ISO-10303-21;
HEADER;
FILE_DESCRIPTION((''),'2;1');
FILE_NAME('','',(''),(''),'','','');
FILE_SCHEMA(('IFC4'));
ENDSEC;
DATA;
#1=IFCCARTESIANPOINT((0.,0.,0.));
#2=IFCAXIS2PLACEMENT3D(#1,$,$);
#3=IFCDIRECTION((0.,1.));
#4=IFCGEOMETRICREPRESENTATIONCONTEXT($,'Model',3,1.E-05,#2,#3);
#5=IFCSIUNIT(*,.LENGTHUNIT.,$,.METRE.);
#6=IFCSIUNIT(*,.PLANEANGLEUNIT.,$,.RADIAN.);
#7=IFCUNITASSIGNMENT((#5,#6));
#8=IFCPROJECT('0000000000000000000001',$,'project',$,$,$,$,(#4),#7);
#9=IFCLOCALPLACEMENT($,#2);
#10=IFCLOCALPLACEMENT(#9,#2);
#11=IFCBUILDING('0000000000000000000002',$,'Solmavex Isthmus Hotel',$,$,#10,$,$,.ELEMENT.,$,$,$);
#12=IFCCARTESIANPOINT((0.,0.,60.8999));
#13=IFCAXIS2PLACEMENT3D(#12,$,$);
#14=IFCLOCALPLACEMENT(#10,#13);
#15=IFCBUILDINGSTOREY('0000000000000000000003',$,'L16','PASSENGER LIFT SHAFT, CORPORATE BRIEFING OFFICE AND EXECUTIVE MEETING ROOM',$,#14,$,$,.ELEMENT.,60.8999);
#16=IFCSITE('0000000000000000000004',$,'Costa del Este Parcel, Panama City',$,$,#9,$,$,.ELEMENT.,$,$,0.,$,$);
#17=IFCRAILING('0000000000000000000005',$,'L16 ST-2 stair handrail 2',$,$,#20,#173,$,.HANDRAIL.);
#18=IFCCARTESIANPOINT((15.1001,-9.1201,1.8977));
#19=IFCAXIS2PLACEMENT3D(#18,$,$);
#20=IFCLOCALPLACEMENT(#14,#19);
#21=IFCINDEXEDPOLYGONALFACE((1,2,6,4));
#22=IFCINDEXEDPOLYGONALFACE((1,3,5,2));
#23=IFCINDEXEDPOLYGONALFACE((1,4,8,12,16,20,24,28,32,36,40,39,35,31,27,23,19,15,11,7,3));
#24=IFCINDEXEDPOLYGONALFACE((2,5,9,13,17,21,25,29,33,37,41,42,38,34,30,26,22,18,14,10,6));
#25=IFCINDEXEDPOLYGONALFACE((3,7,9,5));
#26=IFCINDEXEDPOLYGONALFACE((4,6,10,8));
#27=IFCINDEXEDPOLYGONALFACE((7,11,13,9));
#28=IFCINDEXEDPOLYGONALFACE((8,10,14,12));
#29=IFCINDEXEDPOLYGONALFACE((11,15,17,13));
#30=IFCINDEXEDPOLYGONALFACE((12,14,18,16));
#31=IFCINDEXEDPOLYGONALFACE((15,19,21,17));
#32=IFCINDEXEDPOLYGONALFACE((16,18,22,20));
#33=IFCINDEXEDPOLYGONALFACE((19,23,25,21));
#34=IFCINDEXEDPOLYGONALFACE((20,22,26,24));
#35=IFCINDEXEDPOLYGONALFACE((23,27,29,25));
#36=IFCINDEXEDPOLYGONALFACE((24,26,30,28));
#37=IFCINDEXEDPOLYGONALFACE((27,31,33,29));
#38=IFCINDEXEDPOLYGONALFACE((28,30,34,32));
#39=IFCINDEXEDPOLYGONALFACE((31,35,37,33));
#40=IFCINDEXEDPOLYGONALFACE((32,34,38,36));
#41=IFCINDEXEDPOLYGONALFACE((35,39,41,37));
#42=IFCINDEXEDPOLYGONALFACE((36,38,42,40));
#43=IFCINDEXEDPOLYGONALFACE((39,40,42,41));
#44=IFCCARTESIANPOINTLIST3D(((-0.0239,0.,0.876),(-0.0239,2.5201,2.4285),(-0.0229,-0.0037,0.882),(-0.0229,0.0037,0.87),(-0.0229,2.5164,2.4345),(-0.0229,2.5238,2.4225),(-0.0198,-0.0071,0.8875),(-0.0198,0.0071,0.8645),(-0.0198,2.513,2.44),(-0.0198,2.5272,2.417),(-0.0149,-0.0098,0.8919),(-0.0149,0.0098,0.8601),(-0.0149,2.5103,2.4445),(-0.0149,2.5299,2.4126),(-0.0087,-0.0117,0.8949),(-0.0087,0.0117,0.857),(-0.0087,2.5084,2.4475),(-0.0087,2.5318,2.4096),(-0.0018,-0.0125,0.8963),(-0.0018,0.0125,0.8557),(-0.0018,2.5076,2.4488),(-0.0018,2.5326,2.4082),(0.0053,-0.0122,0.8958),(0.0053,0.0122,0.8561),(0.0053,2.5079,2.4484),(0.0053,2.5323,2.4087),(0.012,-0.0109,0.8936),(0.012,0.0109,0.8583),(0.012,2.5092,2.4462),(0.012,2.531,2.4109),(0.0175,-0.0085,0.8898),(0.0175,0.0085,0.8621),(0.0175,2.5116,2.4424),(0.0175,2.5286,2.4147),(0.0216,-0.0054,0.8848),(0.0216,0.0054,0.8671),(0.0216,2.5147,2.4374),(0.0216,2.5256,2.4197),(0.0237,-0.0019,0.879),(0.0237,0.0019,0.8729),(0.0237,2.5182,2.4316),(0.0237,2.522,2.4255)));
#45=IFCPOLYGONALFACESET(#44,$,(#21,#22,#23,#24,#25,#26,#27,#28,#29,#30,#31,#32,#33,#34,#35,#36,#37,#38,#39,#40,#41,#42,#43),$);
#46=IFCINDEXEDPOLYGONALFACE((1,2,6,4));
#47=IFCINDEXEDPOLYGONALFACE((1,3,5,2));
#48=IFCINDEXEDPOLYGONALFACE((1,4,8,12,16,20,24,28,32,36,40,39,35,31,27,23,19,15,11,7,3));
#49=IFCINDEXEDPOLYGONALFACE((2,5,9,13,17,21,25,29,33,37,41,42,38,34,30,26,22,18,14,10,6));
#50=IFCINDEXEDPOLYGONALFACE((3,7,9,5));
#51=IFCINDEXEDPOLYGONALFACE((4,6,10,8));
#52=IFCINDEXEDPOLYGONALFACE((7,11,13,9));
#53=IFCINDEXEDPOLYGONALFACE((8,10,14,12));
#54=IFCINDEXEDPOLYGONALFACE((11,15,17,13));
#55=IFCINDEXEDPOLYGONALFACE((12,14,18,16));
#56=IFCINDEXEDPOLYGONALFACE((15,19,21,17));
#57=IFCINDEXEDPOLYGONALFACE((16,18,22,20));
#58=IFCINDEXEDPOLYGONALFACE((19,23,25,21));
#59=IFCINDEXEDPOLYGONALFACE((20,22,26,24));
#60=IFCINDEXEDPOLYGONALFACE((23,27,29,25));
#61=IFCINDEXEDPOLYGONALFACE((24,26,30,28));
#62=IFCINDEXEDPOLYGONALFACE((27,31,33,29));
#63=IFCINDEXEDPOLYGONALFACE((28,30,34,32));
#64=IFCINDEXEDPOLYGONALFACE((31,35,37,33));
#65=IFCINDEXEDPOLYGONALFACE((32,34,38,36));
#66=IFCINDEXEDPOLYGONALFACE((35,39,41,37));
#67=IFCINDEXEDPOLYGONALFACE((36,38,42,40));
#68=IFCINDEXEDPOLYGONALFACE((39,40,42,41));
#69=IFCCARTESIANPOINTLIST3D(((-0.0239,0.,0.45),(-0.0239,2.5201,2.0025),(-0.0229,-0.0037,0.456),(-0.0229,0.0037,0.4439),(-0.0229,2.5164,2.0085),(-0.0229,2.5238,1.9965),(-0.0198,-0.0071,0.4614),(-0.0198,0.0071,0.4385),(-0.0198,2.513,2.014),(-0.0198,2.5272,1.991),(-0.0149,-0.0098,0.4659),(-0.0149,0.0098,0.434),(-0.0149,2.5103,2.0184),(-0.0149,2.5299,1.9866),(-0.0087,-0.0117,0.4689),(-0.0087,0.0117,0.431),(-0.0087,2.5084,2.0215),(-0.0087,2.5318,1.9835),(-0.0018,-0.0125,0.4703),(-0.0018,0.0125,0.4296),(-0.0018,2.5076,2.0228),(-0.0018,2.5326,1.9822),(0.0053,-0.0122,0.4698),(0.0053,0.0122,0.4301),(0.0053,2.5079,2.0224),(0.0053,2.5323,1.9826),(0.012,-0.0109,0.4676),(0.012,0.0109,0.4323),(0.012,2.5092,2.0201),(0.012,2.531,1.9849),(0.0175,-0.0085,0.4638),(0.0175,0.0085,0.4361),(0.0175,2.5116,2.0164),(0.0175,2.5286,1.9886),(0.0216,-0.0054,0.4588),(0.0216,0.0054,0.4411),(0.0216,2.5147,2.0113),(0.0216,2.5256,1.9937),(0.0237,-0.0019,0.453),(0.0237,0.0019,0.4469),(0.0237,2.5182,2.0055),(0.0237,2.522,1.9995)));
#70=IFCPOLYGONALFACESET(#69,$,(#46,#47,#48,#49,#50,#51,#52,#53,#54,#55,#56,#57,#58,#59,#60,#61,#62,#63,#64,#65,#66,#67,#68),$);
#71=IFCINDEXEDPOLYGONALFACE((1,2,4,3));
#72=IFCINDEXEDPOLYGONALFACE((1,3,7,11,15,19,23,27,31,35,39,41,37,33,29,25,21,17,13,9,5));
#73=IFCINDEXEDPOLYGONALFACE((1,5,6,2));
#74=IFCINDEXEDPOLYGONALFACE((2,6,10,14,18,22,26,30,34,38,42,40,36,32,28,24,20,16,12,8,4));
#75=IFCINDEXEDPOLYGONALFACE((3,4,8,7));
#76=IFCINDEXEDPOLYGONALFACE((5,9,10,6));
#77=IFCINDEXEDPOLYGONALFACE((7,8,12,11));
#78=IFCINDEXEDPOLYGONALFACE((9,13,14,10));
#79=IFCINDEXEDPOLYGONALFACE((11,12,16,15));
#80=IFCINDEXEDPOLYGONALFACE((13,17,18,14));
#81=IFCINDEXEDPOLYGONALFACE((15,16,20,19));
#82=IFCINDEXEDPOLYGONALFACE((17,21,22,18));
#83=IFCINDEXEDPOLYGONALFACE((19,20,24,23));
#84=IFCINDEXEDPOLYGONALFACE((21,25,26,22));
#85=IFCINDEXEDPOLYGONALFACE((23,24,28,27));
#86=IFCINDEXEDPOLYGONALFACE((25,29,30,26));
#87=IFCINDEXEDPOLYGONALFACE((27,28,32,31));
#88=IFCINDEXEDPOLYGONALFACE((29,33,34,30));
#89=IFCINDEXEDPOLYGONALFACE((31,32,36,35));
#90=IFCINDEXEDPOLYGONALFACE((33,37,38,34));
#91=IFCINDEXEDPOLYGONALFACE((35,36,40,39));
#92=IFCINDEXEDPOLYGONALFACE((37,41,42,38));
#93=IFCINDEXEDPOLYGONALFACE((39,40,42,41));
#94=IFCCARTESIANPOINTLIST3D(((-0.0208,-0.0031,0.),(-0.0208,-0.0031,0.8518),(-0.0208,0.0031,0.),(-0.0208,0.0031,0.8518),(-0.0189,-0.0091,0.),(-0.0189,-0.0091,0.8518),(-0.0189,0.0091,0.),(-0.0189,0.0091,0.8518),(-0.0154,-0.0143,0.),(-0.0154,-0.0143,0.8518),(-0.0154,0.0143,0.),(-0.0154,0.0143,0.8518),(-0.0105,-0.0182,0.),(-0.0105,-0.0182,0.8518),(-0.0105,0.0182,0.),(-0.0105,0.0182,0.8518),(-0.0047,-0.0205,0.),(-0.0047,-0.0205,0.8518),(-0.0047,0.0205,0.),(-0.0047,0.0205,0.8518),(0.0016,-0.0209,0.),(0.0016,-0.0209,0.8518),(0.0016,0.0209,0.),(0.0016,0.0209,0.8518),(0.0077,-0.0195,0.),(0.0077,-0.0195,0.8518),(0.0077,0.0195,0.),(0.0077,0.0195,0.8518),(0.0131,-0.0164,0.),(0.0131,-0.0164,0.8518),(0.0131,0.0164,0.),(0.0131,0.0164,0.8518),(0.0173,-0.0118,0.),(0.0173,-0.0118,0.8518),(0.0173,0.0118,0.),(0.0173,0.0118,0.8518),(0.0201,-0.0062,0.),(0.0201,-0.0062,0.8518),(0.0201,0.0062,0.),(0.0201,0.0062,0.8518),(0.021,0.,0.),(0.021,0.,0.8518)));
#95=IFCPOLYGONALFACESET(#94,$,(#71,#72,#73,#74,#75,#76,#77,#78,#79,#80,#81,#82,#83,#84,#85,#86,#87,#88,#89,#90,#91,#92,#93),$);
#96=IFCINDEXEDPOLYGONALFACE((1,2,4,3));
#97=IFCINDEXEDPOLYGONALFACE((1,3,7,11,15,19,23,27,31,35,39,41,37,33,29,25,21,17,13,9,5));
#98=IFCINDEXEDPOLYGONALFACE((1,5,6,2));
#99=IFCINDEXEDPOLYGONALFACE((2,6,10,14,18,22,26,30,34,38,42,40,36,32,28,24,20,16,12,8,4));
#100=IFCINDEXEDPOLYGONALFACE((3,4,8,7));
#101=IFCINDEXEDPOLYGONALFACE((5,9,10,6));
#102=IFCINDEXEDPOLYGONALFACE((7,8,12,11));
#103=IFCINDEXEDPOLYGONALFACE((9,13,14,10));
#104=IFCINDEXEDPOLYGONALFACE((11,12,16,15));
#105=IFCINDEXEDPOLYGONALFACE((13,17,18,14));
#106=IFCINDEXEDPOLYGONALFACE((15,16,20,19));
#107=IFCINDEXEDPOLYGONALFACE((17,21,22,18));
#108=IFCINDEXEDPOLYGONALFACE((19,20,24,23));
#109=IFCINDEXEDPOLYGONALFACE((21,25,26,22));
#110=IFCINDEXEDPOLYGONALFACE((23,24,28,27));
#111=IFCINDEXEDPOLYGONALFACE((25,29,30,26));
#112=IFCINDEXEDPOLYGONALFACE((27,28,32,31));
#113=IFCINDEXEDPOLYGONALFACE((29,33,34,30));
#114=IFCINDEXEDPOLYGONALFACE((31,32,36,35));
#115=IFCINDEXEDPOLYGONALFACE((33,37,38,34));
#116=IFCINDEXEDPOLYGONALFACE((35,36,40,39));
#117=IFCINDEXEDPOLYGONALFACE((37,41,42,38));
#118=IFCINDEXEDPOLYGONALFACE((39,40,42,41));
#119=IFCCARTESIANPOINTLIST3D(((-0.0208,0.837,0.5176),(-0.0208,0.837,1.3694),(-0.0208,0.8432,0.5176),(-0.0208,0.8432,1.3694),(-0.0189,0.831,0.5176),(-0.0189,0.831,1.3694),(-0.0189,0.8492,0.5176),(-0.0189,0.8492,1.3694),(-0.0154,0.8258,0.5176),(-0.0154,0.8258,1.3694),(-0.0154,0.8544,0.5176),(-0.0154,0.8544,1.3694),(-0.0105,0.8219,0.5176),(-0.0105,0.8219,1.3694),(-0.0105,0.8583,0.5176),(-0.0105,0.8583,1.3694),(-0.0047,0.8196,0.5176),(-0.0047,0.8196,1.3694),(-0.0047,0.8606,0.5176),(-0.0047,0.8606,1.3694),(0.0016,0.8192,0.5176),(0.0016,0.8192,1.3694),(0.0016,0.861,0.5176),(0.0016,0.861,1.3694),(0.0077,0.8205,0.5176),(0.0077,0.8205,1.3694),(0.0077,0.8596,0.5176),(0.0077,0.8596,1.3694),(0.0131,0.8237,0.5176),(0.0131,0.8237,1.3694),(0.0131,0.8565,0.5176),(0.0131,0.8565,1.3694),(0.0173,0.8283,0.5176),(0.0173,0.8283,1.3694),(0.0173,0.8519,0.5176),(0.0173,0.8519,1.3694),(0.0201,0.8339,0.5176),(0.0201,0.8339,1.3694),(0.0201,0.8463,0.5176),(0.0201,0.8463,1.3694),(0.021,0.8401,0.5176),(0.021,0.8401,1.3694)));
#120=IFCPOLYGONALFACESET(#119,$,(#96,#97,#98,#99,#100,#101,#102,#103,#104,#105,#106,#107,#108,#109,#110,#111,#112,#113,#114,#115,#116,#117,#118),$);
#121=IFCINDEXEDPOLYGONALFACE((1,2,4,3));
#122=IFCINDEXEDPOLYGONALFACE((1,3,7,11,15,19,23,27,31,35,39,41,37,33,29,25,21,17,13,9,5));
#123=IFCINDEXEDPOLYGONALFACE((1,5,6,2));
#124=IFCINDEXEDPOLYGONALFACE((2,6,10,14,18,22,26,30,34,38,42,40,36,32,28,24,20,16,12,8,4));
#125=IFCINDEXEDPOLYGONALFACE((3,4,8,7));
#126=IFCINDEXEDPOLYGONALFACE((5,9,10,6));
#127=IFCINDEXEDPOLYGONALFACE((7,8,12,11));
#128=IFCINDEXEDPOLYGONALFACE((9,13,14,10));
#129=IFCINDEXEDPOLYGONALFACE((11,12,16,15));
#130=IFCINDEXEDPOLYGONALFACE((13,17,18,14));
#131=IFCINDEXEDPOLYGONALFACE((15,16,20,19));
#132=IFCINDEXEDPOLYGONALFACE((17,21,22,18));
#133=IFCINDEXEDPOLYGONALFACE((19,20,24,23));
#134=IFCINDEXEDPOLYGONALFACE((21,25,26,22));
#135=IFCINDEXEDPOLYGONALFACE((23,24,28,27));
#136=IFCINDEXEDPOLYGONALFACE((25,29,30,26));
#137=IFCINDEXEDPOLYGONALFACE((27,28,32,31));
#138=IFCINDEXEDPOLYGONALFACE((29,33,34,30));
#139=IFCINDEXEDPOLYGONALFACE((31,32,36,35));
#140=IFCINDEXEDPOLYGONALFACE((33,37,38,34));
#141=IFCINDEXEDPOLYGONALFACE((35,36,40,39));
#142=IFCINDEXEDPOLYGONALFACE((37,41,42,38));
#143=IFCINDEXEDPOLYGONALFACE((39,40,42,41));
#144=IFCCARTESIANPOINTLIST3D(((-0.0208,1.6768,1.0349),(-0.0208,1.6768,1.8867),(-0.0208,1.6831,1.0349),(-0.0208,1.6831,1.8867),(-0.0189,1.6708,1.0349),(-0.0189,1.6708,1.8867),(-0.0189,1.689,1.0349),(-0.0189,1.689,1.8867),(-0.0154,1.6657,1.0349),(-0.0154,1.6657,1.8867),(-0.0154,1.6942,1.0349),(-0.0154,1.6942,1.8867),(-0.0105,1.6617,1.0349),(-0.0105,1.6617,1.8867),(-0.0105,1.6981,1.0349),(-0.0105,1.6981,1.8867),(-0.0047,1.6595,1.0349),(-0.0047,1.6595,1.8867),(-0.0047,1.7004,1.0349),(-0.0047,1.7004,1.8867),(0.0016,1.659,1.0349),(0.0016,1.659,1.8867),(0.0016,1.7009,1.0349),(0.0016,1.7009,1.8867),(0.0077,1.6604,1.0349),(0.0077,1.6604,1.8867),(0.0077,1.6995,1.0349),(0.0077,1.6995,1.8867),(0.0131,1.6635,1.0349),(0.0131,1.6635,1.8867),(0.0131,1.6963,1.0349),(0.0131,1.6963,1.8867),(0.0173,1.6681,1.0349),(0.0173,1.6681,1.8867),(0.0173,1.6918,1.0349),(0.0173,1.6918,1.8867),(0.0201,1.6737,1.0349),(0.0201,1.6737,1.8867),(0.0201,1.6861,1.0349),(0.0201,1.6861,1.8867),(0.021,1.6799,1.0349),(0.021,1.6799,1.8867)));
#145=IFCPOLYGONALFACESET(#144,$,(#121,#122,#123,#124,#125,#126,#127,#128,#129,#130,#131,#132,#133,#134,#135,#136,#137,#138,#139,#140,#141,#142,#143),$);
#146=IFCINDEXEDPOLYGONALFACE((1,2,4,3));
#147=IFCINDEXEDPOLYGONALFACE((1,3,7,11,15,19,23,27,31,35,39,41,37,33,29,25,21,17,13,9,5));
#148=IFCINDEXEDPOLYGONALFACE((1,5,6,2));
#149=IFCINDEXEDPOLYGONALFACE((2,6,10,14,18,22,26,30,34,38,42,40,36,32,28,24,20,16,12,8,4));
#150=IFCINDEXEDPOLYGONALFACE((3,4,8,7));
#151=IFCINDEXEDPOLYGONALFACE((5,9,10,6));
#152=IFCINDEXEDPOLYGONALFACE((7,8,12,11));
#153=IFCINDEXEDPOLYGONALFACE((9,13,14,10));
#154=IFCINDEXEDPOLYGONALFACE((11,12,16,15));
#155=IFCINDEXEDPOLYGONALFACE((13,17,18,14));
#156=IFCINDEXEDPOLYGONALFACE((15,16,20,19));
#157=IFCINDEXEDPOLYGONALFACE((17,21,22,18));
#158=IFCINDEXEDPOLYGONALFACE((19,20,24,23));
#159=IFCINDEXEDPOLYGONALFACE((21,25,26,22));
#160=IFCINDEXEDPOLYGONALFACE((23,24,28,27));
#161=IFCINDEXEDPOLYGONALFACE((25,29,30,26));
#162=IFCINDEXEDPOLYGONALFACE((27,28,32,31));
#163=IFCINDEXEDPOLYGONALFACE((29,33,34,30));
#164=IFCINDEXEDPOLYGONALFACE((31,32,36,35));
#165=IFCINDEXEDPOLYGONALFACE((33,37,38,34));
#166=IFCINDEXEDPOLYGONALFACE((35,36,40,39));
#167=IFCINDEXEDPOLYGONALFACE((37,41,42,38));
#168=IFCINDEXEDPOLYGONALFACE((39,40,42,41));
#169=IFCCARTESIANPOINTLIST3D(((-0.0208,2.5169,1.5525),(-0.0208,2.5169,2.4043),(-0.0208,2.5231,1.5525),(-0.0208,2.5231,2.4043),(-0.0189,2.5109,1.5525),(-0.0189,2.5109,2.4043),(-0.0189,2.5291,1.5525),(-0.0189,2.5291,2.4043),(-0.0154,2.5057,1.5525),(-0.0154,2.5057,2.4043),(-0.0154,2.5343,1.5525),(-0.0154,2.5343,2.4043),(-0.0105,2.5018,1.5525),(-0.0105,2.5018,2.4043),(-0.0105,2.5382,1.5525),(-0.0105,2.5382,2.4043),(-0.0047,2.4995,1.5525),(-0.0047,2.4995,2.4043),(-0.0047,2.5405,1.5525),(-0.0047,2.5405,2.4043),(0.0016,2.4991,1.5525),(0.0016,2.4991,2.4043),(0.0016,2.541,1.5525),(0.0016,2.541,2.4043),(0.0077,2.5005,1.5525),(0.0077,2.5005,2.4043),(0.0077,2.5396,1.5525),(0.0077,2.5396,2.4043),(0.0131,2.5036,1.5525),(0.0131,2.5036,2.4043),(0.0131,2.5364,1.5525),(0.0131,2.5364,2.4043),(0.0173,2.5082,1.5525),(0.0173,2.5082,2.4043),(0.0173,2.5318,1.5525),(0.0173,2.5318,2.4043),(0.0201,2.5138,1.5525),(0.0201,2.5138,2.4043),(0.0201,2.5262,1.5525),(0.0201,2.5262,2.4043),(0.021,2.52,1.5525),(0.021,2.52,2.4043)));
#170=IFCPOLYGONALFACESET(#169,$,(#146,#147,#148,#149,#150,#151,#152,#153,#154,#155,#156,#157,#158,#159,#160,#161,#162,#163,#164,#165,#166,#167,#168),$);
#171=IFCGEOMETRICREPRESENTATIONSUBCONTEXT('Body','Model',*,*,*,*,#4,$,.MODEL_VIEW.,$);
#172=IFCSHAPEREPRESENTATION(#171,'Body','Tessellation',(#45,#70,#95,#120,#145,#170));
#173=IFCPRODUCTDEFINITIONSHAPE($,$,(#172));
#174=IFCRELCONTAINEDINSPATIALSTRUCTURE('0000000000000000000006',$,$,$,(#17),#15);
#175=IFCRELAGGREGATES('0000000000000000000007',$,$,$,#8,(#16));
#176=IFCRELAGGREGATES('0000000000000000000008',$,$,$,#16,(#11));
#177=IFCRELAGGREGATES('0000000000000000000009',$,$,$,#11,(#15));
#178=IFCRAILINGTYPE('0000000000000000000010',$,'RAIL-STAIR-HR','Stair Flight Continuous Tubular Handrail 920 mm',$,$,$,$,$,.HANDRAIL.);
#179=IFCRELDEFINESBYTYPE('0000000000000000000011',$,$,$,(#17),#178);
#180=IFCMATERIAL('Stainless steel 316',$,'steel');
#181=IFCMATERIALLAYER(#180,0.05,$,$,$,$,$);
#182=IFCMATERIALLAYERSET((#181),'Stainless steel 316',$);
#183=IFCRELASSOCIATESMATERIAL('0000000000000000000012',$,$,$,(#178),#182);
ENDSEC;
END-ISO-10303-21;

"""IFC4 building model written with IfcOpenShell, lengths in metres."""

from ifc_helpers import new_model, si_unit, direction, frame, origin, origin_2d, place, context, subcontext, project, spatial, circle, extrude, material, layer, layer_set, type_object, element, save


model = new_model("IFC4")

# Units and contexts
model_context = context("Model", 3, precision=1e-05, world=origin(), true_north=direction((0.0, 1.0)))
body_context = subcontext(model_context, "Body", "Model", "MODEL_VIEW")
ifc_project = project(units=[si_unit("LENGTHUNIT", "METRE"), si_unit("PLANEANGLEUNIT", "RADIAN")], contexts=[model_context])

# Site, building, storey
site_placement = place(None, origin())
site = spatial("IfcSite", under=ifc_project, at=site_placement, Name="Costa del Este Parcel, Panama City", CompositionType="ELEMENT", RefElevation=0.0)
building_placement = place(site_placement, origin())
building = spatial("IfcBuilding", under=site, at=building_placement, Name="Solmavex Isthmus Hotel", CompositionType="ELEMENT")
storey_placement = place(building_placement, frame((0.0, 0.0, 60.8999)))
storey = spatial("IfcBuildingStorey", under=building, at=storey_placement, Name="L16", Description="PASSENGER LIFT SHAFT, CORPORATE BRIEFING OFFICE AND EXECUTIVE MEETING ROOM", CompositionType="ELEMENT", Elevation=60.8999)

# Railing
ifc_material_1 = material(Name="Stainless steel 316", Category="steel")
ifc_layer_1 = layer(ifc_material_1, 0.05)
ifc_layer_set_1 = layer_set([ifc_layer_1], Name="Stainless steel 316")
railing_type_1 = type_object("IfcRailingType", Name="RAIL-STAIR-HR", Description="Stair Flight Continuous Tubular Handrail 920 mm", PredefinedType="HANDRAIL", material=ifc_layer_set_1)
railing_1_placement = place(storey_placement, frame((15.1001, -9.1201, 1.8977)))
element("IfcRailing", 1, at=railing_1_placement, inside=storey, type_object=railing_type_1, Name="L16 ST-2 stair handrail 2", PredefinedType="HANDRAIL", context=body_context, shape_type="SweptSolid", body=[
    extrude(circle(Radius=0.0239, at=origin_2d()), frame((0.0, 0.0, 0.876), z_axis=(0.0, 0.8514, 0.524516), x_axis=(-1.0, 0.0, 0.0)), (0.0, 0.0, 1.0), 2.96),
    extrude(circle(Radius=0.0239, at=origin_2d()), frame((0.0, 0.0, 0.45), z_axis=(0.0, 0.8514, 0.524516), x_axis=(-1.0, 0.0, 0.0)), (0.0, 0.0, 1.0), 2.96),
    extrude(circle(Radius=0.021, at=origin_2d()), origin(), (0.0, 0.0, 1.0), 0.8518),
    extrude(circle(Radius=0.021, at=origin_2d()), frame((0.0, 0.8401, 0.5176)), (0.0, 0.0, 1.0), 0.8518),
    extrude(circle(Radius=0.021, at=origin_2d()), frame((0.0, 1.6799, 1.0349)), (0.0, 0.0, 1.0), 0.8518),
    extrude(circle(Radius=0.021, at=origin_2d()), frame((0.0, 2.52, 1.5525)), (0.0, 0.0, 1.0), 0.8518),
])

save(model, "model.ifc")
